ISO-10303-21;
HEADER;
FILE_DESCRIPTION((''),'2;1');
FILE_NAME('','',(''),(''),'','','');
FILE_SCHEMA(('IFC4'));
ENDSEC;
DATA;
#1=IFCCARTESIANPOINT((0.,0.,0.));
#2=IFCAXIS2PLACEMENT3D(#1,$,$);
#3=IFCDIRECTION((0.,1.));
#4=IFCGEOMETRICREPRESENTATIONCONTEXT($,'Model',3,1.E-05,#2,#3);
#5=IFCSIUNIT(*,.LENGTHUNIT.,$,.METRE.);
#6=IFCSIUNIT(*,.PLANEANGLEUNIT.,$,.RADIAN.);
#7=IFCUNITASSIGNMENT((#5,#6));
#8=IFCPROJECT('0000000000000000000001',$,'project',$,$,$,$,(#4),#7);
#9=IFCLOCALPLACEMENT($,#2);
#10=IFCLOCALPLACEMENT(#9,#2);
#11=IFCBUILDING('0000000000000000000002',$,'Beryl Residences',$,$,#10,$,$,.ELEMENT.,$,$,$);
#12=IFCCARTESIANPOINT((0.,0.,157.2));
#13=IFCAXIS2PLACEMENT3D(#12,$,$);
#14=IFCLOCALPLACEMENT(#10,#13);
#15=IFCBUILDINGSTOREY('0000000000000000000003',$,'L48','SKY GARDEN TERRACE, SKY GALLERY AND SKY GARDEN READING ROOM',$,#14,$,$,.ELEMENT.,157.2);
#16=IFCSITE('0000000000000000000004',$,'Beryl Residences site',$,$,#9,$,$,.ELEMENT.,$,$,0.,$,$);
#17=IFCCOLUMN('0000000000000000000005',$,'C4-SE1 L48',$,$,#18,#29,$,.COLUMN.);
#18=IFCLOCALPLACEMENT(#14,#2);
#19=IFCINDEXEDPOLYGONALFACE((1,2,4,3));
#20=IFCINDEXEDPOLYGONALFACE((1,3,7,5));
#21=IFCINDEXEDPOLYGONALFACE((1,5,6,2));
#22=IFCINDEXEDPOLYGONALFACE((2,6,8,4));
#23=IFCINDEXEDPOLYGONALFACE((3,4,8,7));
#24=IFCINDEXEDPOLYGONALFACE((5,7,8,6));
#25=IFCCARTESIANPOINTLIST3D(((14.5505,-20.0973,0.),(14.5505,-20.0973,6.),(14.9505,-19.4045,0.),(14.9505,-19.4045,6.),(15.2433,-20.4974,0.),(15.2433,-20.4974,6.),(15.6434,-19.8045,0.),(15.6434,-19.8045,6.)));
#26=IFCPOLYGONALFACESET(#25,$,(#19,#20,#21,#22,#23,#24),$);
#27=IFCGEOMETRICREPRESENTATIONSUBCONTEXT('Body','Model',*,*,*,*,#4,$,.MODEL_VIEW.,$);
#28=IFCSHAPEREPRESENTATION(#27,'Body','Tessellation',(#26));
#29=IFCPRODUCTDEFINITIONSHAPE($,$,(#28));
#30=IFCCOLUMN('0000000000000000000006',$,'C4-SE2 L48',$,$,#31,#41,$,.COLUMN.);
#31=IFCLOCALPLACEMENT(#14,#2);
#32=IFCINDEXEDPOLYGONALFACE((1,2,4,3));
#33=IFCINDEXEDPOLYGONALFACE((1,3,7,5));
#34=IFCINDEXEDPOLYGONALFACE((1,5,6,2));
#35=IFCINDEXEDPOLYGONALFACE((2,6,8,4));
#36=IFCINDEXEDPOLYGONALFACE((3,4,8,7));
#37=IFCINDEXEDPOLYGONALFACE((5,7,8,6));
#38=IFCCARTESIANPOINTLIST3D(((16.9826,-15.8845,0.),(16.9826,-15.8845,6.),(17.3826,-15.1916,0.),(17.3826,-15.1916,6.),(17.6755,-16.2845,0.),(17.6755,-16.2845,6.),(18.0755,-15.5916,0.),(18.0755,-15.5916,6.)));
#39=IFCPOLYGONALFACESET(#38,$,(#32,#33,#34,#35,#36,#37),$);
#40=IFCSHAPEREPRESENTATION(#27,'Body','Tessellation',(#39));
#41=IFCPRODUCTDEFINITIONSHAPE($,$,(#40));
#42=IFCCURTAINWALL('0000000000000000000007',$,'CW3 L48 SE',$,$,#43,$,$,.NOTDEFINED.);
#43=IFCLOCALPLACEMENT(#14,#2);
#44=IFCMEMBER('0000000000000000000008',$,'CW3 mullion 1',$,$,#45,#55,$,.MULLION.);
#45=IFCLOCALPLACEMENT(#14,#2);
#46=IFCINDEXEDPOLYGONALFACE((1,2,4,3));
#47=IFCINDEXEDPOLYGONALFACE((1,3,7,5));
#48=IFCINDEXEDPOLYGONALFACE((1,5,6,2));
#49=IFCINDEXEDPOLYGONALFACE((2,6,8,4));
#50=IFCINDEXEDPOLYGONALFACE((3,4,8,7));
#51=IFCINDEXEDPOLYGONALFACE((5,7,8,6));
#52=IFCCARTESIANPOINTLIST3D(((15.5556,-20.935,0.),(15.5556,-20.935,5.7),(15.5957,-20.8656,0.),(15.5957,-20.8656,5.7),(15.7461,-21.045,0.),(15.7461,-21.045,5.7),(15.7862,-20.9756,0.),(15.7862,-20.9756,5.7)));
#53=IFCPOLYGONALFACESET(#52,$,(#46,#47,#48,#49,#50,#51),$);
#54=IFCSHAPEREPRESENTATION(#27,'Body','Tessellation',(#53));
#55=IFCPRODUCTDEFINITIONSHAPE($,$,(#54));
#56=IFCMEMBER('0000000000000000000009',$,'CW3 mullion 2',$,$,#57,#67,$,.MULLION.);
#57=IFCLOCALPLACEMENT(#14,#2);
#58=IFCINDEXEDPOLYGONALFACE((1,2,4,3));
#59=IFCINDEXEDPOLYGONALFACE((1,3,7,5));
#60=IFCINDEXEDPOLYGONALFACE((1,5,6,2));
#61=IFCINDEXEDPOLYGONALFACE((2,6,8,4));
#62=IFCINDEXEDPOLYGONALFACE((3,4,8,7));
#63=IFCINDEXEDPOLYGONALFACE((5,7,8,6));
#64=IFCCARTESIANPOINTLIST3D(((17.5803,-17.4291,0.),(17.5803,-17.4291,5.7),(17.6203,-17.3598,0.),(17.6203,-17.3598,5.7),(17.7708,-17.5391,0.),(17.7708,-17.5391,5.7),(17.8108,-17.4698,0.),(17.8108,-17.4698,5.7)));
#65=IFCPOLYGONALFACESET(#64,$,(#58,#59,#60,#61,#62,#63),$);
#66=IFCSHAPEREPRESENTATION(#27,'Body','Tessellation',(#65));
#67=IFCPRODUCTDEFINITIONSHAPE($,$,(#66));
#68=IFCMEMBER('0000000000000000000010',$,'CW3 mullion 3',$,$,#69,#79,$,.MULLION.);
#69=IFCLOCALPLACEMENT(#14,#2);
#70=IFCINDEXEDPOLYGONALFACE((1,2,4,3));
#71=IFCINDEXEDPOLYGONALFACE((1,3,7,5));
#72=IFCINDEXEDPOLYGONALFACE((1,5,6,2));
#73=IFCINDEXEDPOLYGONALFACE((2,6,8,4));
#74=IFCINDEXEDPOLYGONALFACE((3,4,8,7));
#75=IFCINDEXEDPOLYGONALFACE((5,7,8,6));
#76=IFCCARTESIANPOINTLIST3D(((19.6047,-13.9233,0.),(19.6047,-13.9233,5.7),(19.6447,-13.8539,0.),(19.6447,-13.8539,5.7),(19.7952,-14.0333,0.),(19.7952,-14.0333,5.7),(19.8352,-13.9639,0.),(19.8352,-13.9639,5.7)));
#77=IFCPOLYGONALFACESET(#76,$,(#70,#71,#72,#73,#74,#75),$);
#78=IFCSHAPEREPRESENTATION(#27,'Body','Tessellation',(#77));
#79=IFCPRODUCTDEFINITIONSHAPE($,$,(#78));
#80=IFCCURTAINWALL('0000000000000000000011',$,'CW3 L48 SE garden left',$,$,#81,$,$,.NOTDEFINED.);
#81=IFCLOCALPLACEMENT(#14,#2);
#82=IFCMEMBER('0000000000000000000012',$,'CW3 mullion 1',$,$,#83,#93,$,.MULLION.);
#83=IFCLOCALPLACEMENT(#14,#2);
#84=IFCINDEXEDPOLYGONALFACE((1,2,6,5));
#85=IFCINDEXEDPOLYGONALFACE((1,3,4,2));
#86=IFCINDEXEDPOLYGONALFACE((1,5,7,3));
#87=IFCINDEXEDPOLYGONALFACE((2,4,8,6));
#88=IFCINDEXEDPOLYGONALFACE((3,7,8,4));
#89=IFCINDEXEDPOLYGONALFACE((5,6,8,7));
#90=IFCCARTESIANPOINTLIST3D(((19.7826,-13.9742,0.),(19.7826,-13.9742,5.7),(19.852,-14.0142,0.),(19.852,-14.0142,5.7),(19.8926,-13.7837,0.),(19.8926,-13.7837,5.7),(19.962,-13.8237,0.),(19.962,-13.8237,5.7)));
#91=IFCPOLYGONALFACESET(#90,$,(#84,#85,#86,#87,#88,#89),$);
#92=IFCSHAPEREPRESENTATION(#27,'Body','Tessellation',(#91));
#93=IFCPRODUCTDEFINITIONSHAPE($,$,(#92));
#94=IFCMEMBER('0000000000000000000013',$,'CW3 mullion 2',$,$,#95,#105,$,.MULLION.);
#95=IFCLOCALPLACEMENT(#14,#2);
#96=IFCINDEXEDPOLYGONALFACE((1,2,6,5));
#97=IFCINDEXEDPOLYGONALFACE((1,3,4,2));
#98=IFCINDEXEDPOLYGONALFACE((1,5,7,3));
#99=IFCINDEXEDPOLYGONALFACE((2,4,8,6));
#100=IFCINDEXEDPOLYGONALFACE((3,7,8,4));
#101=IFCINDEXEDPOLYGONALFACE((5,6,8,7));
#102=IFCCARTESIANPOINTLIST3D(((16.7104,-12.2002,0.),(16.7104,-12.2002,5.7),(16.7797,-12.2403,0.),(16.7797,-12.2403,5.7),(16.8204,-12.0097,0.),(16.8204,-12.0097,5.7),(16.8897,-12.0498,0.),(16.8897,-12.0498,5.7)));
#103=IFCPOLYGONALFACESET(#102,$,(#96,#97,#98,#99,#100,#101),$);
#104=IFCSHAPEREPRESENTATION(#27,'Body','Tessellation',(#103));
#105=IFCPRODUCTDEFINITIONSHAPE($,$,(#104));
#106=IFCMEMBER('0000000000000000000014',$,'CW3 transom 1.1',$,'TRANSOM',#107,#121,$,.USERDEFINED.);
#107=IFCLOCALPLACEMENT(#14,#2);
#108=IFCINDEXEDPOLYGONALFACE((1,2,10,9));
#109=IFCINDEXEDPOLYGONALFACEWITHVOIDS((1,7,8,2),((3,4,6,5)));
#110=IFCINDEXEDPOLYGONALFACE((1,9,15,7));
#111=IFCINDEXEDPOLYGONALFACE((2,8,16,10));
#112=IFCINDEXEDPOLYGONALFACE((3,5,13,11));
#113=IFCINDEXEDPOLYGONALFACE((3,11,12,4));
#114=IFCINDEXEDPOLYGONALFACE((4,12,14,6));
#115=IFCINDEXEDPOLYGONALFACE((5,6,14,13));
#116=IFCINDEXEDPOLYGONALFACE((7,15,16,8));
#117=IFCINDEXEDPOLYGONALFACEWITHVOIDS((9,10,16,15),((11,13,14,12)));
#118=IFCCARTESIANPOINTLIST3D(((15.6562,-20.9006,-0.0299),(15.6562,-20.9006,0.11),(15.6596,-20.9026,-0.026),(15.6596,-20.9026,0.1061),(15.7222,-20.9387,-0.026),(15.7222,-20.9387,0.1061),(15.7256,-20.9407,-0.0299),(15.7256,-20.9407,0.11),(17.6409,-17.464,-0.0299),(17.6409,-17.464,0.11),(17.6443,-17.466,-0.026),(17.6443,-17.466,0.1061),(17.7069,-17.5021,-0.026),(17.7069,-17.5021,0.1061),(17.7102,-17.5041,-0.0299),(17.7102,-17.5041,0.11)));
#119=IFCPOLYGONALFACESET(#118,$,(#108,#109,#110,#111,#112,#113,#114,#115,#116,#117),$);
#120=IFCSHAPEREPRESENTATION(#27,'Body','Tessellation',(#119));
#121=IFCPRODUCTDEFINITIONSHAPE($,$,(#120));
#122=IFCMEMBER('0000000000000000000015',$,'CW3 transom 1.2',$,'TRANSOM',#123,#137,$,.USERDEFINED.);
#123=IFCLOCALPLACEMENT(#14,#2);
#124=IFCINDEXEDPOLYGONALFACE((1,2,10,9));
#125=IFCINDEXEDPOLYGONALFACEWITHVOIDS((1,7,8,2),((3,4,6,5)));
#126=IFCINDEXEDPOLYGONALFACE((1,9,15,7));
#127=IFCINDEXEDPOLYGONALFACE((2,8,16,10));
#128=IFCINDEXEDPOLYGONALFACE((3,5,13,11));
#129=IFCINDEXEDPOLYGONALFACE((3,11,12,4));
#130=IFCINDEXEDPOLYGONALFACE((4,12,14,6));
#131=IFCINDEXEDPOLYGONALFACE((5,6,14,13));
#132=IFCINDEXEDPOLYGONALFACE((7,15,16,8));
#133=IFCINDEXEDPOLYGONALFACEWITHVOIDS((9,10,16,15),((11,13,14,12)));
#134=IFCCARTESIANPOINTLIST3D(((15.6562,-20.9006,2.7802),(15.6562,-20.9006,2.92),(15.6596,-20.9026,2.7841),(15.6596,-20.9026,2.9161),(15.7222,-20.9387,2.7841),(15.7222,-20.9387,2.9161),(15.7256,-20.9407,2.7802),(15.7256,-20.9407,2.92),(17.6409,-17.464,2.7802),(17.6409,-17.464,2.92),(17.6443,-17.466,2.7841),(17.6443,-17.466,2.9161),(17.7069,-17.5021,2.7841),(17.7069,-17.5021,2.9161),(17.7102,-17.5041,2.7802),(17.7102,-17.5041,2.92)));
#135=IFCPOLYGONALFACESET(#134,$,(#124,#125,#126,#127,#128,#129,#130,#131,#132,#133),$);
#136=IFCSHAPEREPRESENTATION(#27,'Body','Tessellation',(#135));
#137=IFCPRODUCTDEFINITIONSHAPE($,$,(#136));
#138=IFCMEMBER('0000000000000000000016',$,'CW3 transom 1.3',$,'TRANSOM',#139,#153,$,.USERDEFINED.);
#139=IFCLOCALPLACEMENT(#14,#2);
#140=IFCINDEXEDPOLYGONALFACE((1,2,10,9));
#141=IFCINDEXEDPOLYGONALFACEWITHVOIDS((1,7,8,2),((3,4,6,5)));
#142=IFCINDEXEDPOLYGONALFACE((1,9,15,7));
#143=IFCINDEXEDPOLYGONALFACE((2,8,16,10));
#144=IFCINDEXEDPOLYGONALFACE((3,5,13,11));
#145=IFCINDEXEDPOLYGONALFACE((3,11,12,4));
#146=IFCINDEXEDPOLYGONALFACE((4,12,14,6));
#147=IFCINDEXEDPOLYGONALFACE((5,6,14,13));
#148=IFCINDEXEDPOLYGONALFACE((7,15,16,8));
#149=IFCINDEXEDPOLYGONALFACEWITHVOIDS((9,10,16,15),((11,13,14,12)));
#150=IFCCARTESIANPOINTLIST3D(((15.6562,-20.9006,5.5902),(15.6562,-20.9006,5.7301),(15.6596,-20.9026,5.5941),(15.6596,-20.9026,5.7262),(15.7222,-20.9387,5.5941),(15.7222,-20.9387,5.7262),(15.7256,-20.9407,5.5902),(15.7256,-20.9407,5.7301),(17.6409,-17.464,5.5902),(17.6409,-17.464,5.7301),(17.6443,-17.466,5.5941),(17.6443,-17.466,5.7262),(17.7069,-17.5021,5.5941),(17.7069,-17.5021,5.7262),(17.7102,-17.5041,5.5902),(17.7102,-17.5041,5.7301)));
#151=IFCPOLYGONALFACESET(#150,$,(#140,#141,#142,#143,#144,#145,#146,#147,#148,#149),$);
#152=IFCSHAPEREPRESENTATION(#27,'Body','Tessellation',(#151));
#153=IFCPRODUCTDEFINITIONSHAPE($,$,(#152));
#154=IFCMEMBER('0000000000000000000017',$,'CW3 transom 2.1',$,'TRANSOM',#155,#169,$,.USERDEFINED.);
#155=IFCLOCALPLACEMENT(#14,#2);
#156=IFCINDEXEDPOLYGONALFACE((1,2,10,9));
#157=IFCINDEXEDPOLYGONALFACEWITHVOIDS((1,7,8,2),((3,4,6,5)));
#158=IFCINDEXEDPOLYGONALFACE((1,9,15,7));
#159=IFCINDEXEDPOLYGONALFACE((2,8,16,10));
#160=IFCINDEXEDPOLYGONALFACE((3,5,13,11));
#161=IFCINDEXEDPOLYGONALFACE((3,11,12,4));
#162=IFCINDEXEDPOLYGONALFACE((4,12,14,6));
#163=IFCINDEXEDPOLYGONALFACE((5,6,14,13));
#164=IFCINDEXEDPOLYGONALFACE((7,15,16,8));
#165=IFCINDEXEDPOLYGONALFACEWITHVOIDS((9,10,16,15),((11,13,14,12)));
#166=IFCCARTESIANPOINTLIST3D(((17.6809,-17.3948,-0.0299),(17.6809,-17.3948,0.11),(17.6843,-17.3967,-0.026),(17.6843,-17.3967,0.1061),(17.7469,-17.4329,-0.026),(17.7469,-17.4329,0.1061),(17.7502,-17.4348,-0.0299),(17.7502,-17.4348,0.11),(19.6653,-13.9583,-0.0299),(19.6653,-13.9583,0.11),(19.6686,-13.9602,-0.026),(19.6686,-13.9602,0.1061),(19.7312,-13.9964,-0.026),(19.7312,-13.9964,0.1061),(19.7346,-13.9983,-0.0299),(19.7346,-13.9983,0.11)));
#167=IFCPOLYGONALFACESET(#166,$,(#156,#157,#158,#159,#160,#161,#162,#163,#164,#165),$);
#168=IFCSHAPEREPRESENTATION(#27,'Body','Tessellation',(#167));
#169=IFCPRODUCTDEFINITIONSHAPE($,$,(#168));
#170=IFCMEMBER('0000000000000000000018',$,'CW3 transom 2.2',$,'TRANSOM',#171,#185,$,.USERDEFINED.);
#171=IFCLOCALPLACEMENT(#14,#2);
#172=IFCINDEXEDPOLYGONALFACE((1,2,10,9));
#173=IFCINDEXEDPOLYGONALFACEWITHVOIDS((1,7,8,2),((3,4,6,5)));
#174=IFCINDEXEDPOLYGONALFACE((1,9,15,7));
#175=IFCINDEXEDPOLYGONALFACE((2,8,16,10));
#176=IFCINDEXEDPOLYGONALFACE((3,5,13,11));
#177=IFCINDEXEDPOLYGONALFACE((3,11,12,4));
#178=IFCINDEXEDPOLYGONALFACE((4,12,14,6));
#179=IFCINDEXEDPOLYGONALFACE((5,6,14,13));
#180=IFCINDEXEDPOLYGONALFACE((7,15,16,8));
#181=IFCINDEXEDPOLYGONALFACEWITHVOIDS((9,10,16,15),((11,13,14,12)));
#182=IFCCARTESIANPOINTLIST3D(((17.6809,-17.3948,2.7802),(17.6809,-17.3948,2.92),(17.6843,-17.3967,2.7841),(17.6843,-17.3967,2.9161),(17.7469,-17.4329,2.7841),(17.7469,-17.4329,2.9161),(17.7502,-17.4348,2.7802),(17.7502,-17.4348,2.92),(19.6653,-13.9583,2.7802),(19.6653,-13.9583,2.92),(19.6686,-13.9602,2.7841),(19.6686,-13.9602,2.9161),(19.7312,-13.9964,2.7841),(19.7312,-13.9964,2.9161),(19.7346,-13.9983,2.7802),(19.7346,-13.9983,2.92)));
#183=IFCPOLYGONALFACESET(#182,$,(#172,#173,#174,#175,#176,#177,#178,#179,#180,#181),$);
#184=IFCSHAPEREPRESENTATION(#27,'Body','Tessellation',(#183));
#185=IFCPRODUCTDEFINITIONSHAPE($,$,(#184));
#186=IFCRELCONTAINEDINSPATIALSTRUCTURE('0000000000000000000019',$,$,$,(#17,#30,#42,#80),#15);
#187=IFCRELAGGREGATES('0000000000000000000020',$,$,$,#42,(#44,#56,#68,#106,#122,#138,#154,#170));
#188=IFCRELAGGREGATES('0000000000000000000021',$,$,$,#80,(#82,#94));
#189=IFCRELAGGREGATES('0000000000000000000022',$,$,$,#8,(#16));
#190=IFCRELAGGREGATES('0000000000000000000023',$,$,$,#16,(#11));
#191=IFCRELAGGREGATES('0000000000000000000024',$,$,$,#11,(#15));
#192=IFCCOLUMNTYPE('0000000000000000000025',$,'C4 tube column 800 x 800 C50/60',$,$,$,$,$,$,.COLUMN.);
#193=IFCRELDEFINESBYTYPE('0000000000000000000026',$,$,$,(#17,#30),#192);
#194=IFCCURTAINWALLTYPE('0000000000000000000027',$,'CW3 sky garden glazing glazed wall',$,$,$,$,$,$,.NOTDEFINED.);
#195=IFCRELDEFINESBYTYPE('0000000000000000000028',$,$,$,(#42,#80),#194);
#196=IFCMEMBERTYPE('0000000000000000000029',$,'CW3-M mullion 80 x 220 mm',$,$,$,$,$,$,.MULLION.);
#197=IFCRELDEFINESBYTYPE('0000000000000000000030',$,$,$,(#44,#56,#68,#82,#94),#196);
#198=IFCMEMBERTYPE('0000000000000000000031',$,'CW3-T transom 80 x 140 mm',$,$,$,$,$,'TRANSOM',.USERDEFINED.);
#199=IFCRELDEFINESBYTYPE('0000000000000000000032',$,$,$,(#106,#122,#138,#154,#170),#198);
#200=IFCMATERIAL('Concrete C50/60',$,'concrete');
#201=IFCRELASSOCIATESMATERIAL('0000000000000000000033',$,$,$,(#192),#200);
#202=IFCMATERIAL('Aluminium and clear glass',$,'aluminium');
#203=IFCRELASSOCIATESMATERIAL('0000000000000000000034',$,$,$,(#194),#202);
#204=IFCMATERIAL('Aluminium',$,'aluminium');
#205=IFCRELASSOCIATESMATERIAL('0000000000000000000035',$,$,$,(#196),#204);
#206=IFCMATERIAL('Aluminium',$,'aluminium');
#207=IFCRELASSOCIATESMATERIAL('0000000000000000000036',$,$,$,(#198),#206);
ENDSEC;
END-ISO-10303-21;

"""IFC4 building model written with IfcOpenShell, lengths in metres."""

from ifc_helpers import new_model, si_unit, direction, frame, origin, origin_2d, place, context, subcontext, project, spatial, rectangle, hollow_rectangle, extrude, material, material_profile, profile_set, type_object, element, aggregate, save


model = new_model("IFC4")

# Units and contexts
model_context = context("Model", 3, precision=1e-05, world=origin(), true_north=direction((0.0, 1.0)))
body_context = subcontext(model_context, "Body", "Model", "MODEL_VIEW")
ifc_project = project(units=[si_unit("LENGTHUNIT", "METRE"), si_unit("PLANEANGLEUNIT", "RADIAN")], contexts=[model_context])

# Site, building, storey
site_placement = place(None, origin())
site = spatial("IfcSite", under=ifc_project, at=site_placement, Name="Beryl Residences site", CompositionType="ELEMENT", RefElevation=0.0)
building_placement = place(site_placement, origin())
building = spatial("IfcBuilding", under=site, at=building_placement, Name="Beryl Residences", CompositionType="ELEMENT")
storey_placement = place(building_placement, frame((0.0, 0.0, 157.2)))
storey = spatial("IfcBuildingStorey", under=building, at=storey_placement, Name="L48", Description="SKY GARDEN TERRACE, SKY GALLERY AND SKY GARDEN READING ROOM", CompositionType="ELEMENT", Elevation=157.2)

# Columns
ifc_material_1 = material(Name="Concrete C50/60", Category="concrete")
ifc_material_profile_1 = material_profile(ifc_material_1, rectangle(XDim=0.8, YDim=0.8, at=origin_2d()))
ifc_profile_set_1 = profile_set([ifc_material_profile_1], Name="Concrete C50/60")
column_type = type_object("IfcColumnType", Name="C4 tube column 800 x 800 C50/60", PredefinedType="COLUMN", material=ifc_profile_set_1)
for number, where, z_axis, x_axis, name in (
    (1, (15.0969, -19.9509, 0.0), (0.0, 0.0, 1.0), (0.5, 0.866025, 0.0), "C4-SE1 L48"),
    (2, (17.5291, -15.738, 0.0), (0.0, 0.0, 1.0), (0.5, 0.866025, 0.0), "C4-SE2 L48"),
):
    element("IfcColumn", number, at=place(storey_placement, frame(where, z_axis=z_axis, x_axis=x_axis)), inside=storey, type_object=column_type, Name=name, PredefinedType="COLUMN", context=body_context, shape_type="SweptSolid", body=[
        extrude(rectangle(XDim=0.8, YDim=0.8, at=origin_2d()), origin(), (0.0, 0.0, 1.0), 6.0),
    ])

# Curtain walls, members
ifc_material_2 = material(Name="Aluminium and clear glass", Category="aluminium")
curtain_wall_type = type_object("IfcCurtainWallType", Name="CW3 sky garden glazing glazed wall", PredefinedType="NOTDEFINED", material=ifc_material_2)
curtain_wall_1_placement = place(storey_placement, origin())
curtain_wall_1 = element("IfcCurtainWall", 3, at=curtain_wall_1_placement, inside=storey, type_object=curtain_wall_type, Name="CW3 L48 SE", PredefinedType="NOTDEFINED")
ifc_material_3 = material(Name="Aluminium", Category="aluminium")
ifc_material_profile_2 = material_profile(ifc_material_3, rectangle(XDim=0.0801, YDim=0.22, at=origin_2d()))
ifc_profile_set_2 = profile_set([ifc_material_profile_2], Name="Aluminium")
member_type_1 = type_object("IfcMemberType", Name="CW3-M mullion 80 x 220 mm", PredefinedType="MULLION", material=ifc_profile_set_2)
member_1_placement = place(storey_placement, frame((15.6709, -20.9553, 0.0), z_axis=(0.0, 0.0, 1.0), x_axis=(0.500072, 0.865984, 0.0)))
member_1 = element("IfcMember", 4, at=member_1_placement, type_object=member_type_1, Name="CW3 mullion 1", PredefinedType="MULLION", context=body_context, shape_type="SweptSolid", body=[
    extrude(rectangle(XDim=0.0801, YDim=0.22, at=origin_2d()), origin(), (0.0, 0.0, 1.0), 5.7),
])
member_2_placement = place(storey_placement, frame((17.6956, -17.4495, 0.0), z_axis=(0.0, 0.0, 1.0), x_axis=(0.500072, 0.865984, 0.0)))
member_2 = element("IfcMember", 5, at=member_2_placement, type_object=member_type_1, Name="CW3 mullion 2", PredefinedType="MULLION", context=body_context, shape_type="SweptSolid", body=[
    extrude(rectangle(XDim=0.0801, YDim=0.22, at=origin_2d()), origin(), (0.0, 0.0, 1.0), 5.7),
])
member_3_placement = place(storey_placement, frame((19.72, -13.9436, 0.0), z_axis=(0.0, 0.0, 1.0), x_axis=(0.500072, 0.865984, 0.0)))
member_3 = element("IfcMember", 6, at=member_3_placement, type_object=member_type_1, Name="CW3 mullion 3", PredefinedType="MULLION", context=body_context, shape_type="SweptSolid", body=[
    extrude(rectangle(XDim=0.0801, YDim=0.22, at=origin_2d()), origin(), (0.0, 0.0, 1.0), 5.7),
])
curtain_wall_2_placement = place(storey_placement, origin())
curtain_wall_2 = element("IfcCurtainWall", 7, at=curtain_wall_2_placement, inside=storey, type_object=curtain_wall_type, Name="CW3 L48 SE garden left", PredefinedType="NOTDEFINED")
member_4_placement = place(storey_placement, frame((19.8723, -13.8989, 0.0), z_axis=(0.0, 0.0, 1.0), x_axis=(-0.866005, 0.500036, 0.0)))
member_4 = element("IfcMember", 8, at=member_4_placement, type_object=member_type_1, Name="CW3 mullion 1", PredefinedType="MULLION", context=body_context, shape_type="SweptSolid", body=[
    extrude(rectangle(XDim=0.0801, YDim=0.22, at=origin_2d()), origin(), (0.0, 0.0, 1.0), 5.7),
])
member_5_placement = place(storey_placement, frame((16.8, -12.125, 0.0), z_axis=(0.0, 0.0, 1.0), x_axis=(-0.866005, 0.500036, 0.0)))
member_5 = element("IfcMember", 9, at=member_5_placement, type_object=member_type_1, Name="CW3 mullion 2", PredefinedType="MULLION", context=body_context, shape_type="SweptSolid", body=[
    extrude(rectangle(XDim=0.0801, YDim=0.22, at=origin_2d()), origin(), (0.0, 0.0, 1.0), 5.7),
])

# Members
ifc_material_4 = material(Name="Aluminium", Category="aluminium")
ifc_material_profile_3 = material_profile(ifc_material_4, hollow_rectangle(XDim=0.0801, YDim=0.1399, WallThickness=0.0039, at=origin_2d()))
ifc_profile_set_3 = profile_set([ifc_material_profile_3], Name="Aluminium")
member_type_2 = type_object("IfcMemberType", Name="CW3-T transom 80 x 140 mm", ElementType="TRANSOM", PredefinedType="USERDEFINED", material=ifc_profile_set_3)
member_6_placement = place(storey_placement, frame((15.6909, -20.9207, 0.04), z_axis=(0.500102, 0.865966, 0.0), x_axis=(-0.865966, 0.500102, 0.0)))
member_6 = element("IfcMember", 10, at=member_6_placement, type_object=member_type_2, Name="CW3 transom 1.1", ObjectType="TRANSOM", PredefinedType="USERDEFINED", context=body_context, shape_type="SweptSolid", body=[
    extrude(hollow_rectangle(XDim=0.0801, YDim=0.1399, WallThickness=0.0039, at=origin_2d()), origin(), (0.0, 0.0, 1.0), 3.9685),
])
member_7_placement = place(storey_placement, frame((15.6909, -20.9207, 2.8501), z_axis=(0.500102, 0.865966, 0.0), x_axis=(-0.865966, 0.500102, 0.0)))
member_7 = element("IfcMember", 11, at=member_7_placement, type_object=member_type_2, Name="CW3 transom 1.2", ObjectType="TRANSOM", PredefinedType="USERDEFINED", context=body_context, shape_type="SweptSolid", body=[
    extrude(hollow_rectangle(XDim=0.0801, YDim=0.1399, WallThickness=0.0039, at=origin_2d()), origin(), (0.0, 0.0, 1.0), 3.9685),
])
member_8_placement = place(storey_placement, frame((15.6909, -20.9207, 5.6602), z_axis=(0.500102, 0.865966, 0.0), x_axis=(-0.865966, 0.500102, 0.0)))
member_8 = element("IfcMember", 12, at=member_8_placement, type_object=member_type_2, Name="CW3 transom 1.3", ObjectType="TRANSOM", PredefinedType="USERDEFINED", context=body_context, shape_type="SweptSolid", body=[
    extrude(hollow_rectangle(XDim=0.0801, YDim=0.1399, WallThickness=0.0039, at=origin_2d()), origin(), (0.0, 0.0, 1.0), 3.9685),
])
member_9_placement = place(storey_placement, frame((17.7156, -17.4148, 0.04), z_axis=(0.500056, 0.865993, 0.0), x_axis=(-0.865993, 0.500056, 0.0)))
member_9 = element("IfcMember", 13, at=member_9_placement, type_object=member_type_2, Name="CW3 transom 2.1", ObjectType="TRANSOM", PredefinedType="USERDEFINED", context=body_context, shape_type="SweptSolid", body=[
    extrude(hollow_rectangle(XDim=0.0801, YDim=0.1399, WallThickness=0.0039, at=origin_2d()), origin(), (0.0, 0.0, 1.0), 3.9683),
])
member_10_placement = place(storey_placement, frame((17.7156, -17.4148, 2.8501), z_axis=(0.500056, 0.865993, 0.0), x_axis=(-0.865993, 0.500056, 0.0)))
member_10 = element("IfcMember", 14, at=member_10_placement, type_object=member_type_2, Name="CW3 transom 2.2", ObjectType="TRANSOM", PredefinedType="USERDEFINED", context=body_context, shape_type="SweptSolid", body=[
    extrude(hollow_rectangle(XDim=0.0801, YDim=0.1399, WallThickness=0.0039, at=origin_2d()), origin(), (0.0, 0.0, 1.0), 3.9683),
])

aggregate(curtain_wall_1, [member_1, member_2, member_3, member_6, member_7, member_8, member_9, member_10])
aggregate(curtain_wall_2, [member_4, member_5])

save(model, "model.ifc")
